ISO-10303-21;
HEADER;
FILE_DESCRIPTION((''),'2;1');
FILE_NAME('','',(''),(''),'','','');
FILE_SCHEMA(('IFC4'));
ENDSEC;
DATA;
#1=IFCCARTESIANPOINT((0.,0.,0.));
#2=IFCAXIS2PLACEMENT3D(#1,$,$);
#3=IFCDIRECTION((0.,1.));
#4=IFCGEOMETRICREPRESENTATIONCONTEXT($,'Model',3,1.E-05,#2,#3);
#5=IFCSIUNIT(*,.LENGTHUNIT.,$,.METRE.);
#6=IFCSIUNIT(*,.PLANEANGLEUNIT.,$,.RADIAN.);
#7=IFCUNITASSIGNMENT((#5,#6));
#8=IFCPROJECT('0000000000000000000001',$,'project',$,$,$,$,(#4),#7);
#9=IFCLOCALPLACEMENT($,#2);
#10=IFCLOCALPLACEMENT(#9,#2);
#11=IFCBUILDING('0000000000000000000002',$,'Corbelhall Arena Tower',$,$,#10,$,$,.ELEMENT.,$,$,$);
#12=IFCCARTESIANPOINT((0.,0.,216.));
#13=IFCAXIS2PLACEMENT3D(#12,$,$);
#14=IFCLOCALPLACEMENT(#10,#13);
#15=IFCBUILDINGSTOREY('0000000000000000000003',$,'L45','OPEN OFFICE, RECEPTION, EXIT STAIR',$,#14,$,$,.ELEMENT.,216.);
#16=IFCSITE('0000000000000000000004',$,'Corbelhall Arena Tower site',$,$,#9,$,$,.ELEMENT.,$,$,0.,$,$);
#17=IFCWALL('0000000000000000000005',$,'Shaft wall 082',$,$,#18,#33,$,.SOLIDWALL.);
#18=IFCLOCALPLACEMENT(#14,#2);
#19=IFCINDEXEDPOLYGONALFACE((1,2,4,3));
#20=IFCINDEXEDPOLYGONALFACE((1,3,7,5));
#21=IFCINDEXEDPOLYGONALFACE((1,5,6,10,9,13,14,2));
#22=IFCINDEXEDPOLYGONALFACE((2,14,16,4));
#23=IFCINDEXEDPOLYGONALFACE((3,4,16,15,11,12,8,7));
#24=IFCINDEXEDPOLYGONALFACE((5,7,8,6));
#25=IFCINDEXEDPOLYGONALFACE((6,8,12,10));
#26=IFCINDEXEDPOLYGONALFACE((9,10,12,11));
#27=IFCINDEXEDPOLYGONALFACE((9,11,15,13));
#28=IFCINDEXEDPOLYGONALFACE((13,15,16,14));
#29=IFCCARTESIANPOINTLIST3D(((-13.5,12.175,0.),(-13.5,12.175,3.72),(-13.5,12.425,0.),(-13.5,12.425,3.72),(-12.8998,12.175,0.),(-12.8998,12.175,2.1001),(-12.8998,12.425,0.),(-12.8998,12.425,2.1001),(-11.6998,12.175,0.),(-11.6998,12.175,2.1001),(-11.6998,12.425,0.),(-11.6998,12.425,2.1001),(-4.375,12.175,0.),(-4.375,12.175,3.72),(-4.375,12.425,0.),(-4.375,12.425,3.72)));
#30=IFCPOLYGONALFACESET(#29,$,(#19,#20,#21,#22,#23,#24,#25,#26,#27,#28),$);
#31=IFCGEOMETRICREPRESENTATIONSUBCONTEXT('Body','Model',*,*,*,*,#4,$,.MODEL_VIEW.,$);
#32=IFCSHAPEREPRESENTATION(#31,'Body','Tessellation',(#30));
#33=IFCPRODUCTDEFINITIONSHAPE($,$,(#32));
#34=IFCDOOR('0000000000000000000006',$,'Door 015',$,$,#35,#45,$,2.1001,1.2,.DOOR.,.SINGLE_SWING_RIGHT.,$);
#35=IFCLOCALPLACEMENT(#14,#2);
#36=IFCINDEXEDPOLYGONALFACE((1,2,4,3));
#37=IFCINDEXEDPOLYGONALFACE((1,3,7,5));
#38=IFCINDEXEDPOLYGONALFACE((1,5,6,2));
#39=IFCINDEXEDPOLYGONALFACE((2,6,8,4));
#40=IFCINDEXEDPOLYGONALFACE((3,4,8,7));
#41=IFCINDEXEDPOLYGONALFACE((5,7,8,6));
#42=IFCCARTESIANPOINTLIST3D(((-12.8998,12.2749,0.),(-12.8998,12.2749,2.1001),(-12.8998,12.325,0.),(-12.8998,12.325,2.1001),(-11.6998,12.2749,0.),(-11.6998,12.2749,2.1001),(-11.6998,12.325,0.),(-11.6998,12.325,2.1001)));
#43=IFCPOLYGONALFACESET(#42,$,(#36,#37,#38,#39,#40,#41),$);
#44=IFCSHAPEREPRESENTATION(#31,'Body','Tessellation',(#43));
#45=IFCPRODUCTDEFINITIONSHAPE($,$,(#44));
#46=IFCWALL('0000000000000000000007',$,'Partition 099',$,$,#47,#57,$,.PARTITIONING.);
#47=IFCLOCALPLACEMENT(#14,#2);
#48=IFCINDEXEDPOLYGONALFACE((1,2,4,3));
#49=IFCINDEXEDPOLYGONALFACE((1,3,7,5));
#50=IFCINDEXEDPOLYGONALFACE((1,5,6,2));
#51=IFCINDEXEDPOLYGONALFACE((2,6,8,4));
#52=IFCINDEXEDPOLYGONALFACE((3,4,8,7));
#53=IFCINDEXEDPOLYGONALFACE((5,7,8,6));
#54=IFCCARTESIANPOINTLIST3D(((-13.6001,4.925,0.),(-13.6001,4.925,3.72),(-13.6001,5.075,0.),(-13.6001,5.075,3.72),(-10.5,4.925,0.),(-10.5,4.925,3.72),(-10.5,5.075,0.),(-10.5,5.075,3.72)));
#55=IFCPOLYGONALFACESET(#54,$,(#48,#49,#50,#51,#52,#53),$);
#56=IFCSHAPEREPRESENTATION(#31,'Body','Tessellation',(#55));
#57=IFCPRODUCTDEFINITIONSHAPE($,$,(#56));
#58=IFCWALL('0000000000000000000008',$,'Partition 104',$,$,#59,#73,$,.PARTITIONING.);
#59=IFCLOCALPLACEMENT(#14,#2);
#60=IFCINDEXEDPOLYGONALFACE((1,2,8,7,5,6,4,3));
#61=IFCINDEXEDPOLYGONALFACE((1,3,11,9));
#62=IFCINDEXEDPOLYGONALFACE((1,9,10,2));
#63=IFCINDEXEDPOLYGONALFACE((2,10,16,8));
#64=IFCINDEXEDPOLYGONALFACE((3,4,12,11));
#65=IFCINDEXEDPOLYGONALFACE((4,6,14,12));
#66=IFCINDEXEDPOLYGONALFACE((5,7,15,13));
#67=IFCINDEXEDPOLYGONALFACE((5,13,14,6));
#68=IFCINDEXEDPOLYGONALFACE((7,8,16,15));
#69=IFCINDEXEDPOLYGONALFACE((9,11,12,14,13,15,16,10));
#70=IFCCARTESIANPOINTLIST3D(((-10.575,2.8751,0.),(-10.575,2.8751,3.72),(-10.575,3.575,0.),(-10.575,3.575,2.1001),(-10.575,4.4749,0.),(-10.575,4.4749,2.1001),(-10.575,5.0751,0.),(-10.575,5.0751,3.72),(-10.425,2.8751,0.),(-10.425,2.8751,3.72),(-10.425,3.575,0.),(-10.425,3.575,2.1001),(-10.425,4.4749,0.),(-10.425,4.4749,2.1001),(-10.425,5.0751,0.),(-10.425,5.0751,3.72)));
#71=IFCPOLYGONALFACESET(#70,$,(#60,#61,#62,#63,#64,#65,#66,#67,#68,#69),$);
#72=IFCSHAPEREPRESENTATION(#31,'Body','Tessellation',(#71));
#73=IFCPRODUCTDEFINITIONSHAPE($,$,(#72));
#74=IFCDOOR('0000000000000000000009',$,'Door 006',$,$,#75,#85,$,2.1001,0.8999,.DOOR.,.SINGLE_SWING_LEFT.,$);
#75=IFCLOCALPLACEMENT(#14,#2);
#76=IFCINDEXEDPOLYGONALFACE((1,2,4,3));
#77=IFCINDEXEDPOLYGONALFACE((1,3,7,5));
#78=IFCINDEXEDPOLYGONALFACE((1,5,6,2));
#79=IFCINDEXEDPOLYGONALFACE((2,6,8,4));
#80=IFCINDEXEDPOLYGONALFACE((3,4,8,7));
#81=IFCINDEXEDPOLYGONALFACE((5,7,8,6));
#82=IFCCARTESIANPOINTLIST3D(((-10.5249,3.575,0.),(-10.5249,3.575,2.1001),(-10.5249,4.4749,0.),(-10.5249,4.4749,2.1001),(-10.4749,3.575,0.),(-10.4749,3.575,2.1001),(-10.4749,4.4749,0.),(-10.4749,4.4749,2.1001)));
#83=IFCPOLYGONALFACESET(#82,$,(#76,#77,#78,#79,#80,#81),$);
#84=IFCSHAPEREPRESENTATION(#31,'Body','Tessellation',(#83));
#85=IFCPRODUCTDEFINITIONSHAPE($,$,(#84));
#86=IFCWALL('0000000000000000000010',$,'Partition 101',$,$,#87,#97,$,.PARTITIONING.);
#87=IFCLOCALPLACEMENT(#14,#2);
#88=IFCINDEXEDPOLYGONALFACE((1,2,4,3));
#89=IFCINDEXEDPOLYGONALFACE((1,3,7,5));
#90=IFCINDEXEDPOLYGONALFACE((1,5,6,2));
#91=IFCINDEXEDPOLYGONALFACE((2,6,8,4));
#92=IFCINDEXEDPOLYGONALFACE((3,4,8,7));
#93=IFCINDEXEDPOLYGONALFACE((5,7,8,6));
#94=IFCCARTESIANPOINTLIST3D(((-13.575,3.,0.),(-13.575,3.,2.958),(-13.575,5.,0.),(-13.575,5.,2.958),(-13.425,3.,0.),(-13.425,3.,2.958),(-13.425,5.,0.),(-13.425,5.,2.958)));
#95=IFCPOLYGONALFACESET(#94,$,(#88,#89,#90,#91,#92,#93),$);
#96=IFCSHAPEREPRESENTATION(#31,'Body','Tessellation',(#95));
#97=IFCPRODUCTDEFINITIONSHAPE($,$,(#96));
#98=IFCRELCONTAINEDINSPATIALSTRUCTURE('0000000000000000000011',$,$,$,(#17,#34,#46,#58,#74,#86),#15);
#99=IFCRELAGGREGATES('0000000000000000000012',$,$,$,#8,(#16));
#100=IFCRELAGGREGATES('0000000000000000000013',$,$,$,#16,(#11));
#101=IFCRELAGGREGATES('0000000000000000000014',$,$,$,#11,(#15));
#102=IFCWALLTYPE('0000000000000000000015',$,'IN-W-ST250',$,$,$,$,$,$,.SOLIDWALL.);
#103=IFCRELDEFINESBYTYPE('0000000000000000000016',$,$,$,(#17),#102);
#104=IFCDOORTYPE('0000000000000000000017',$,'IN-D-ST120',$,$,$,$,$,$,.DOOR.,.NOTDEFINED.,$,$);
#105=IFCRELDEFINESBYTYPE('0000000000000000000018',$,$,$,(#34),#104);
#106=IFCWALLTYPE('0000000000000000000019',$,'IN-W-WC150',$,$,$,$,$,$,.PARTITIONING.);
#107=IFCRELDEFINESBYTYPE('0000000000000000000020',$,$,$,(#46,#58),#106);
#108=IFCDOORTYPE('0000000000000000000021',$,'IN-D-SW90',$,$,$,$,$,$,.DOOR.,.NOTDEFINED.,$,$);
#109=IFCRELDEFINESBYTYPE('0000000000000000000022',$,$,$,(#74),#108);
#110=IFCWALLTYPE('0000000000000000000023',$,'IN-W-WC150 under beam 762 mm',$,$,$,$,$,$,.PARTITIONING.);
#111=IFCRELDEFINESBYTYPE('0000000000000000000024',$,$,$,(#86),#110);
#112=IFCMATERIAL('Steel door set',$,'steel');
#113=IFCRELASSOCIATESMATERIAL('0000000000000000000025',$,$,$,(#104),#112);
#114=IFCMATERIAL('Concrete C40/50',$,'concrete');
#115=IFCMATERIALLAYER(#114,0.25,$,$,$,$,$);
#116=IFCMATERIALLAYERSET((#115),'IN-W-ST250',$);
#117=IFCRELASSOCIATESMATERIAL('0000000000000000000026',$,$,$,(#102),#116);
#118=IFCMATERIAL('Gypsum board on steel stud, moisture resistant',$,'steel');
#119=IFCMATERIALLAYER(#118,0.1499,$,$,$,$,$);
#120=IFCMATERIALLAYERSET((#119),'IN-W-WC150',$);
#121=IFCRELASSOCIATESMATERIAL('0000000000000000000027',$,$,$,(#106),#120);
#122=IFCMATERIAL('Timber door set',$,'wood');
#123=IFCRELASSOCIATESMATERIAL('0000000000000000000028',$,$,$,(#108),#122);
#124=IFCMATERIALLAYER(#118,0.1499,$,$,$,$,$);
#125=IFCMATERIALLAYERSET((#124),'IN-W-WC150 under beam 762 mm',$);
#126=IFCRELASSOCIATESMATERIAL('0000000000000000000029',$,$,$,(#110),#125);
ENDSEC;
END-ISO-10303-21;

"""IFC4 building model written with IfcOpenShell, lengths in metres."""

from ifc_helpers import new_model, si_unit, direction, frame, frame_2d, origin, place, context, subcontext, project, spatial, rectangle, extrude, material, layer, layer_set, type_object, element, fill, save


model = new_model("IFC4")

# Units and contexts
model_context = context("Model", 3, precision=1e-05, world=origin(), true_north=direction((0.0, 1.0)))
body_context = subcontext(model_context, "Body", "Model", "MODEL_VIEW")
ifc_project = project(units=[si_unit("LENGTHUNIT", "METRE"), si_unit("PLANEANGLEUNIT", "RADIAN")], contexts=[model_context])

# Site, building, storey
site_placement = place(None, origin())
site = spatial("IfcSite", under=ifc_project, at=site_placement, Name="Corbelhall Arena Tower site", CompositionType="ELEMENT", RefElevation=0.0)
building_placement = place(site_placement, origin())
building = spatial("IfcBuilding", under=site, at=building_placement, Name="Corbelhall Arena Tower", CompositionType="ELEMENT")
storey_placement = place(building_placement, frame((0.0, 0.0, 216.0)))
storey = spatial("IfcBuildingStorey", under=building, at=storey_placement, Name="L45", Description="OPEN OFFICE, RECEPTION, EXIT STAIR", CompositionType="ELEMENT", Elevation=216.0)

# Shared definitions
ifc_material_1 = material(Name="Steel door set", Category="steel")

# Shared definitions
ifc_material_2 = material(Name="Concrete C40/50", Category="concrete")
door_type_1 = type_object("IfcDoorType", Name="IN-D-ST120", OperationType="NOTDEFINED", PredefinedType="DOOR", material=ifc_material_1)

# Wall, opening, door
ifc_layer_1 = layer(ifc_material_2, 0.25)
ifc_layer_set_1 = layer_set([ifc_layer_1], Name="IN-W-ST250")
wall_type_1 = type_object("IfcWallType", Name="IN-W-ST250", PredefinedType="SOLIDWALL", material=ifc_layer_set_1)
wall_1_placement = place(storey_placement, frame((-13.5, 12.3, 0.0), z_axis=(0.0, 0.0, 1.0), x_axis=(1.0, 0.0, 0.0)))
wall_1 = element("IfcWall", 1, at=wall_1_placement, inside=storey, type_object=wall_type_1, Name="Shaft wall 082", PredefinedType="SOLIDWALL", context=body_context, shape_type="SweptSolid", body=[
    extrude(rectangle(XDim=9.125, YDim=0.25, at=frame_2d((4.5625, 0.0))), origin(), (0.0, 0.0, 1.0), 3.72),
])
opening_1_placement = place(wall_1_placement, frame((0.6001, 0.0, 0.0)))
opening_1 = element("IfcOpeningElement", 2, at=opening_1_placement, cuts=wall_1, PredefinedType="OPENING", context=body_context, shape_type="SweptSolid", body=[
    extrude(rectangle(XDim=1.2, YDim=2.1001, at=frame_2d((0.6001, 1.05))), frame((0.0, 0.125, 0.0), z_axis=(0.0, -1.0, 0.0), x_axis=(1.0, 0.0, 0.0)), (0.0, 0.0, 1.0), 0.25),
])
door_1_placement = place(opening_1_placement, origin())
door_1 = element("IfcDoor", 3, at=door_1_placement, inside=storey, type_object=door_type_1, Name="Door 015", OperationType="SINGLE_SWING_RIGHT", OverallHeight=2.1001, OverallWidth=1.2, PredefinedType="DOOR", context=body_context, shape_type="SweptSolid", body=[
    extrude(rectangle(XDim=1.2, YDim=2.1001, at=frame_2d((0.6001, 1.05))), frame((0.0, 0.0249, 0.0), z_axis=(0.0, -1.0, 0.0), x_axis=(1.0, 0.0, 0.0)), (0.0, 0.0, 1.0), 0.05),
])
fill(opening_1, door_1)

# Wall
ifc_material_3 = material(Name="Gypsum board on steel stud, moisture resistant", Category="steel")
ifc_layer_2 = layer(ifc_material_3, 0.1499)
ifc_layer_set_2 = layer_set([ifc_layer_2], Name="IN-W-WC150")
wall_type_2 = type_object("IfcWallType", Name="IN-W-WC150", PredefinedType="PARTITIONING", material=ifc_layer_set_2)
wall_2_placement = place(storey_placement, frame((-13.6001, 5.0, 0.0), z_axis=(0.0, 0.0, 1.0), x_axis=(1.0, 0.0, 0.0)))
element("IfcWall", 4, at=wall_2_placement, inside=storey, type_object=wall_type_2, Name="Partition 099", PredefinedType="PARTITIONING", context=body_context, shape_type="SweptSolid", body=[
    extrude(rectangle(XDim=3.1001, YDim=0.1499, at=frame_2d((1.55, 0.0))), origin(), (0.0, 0.0, 1.0), 3.72),
])

# Wall, opening, door
wall_3_placement = place(storey_placement, frame((-10.5, 2.875, 0.0), z_axis=(0.0, 0.0, 1.0), x_axis=(0.0, 1.0, 0.0)))
wall_3 = element("IfcWall", 5, at=wall_3_placement, inside=storey, type_object=wall_type_2, Name="Partition 104", PredefinedType="PARTITIONING", context=body_context, shape_type="SweptSolid", body=[
    extrude(rectangle(XDim=2.2, YDim=0.1499, at=frame_2d((1.1001, 0.0))), origin(), (0.0, 0.0, 1.0), 3.72),
])
opening_2_placement = place(wall_3_placement, frame((0.7, 0.0, 0.0)))
opening_2 = element("IfcOpeningElement", 6, at=opening_2_placement, cuts=wall_3, PredefinedType="OPENING", context=body_context, shape_type="SweptSolid", body=[
    extrude(rectangle(XDim=0.8999, YDim=2.1001, at=frame_2d((0.45, 1.05))), frame((0.0, 0.075, 0.0), z_axis=(0.0, -1.0, 0.0), x_axis=(1.0, 0.0, 0.0)), (0.0, 0.0, 1.0), 0.1499),
])
ifc_material_4 = material(Name="Timber door set", Category="wood")
door_type_2 = type_object("IfcDoorType", Name="IN-D-SW90", OperationType="NOTDEFINED", PredefinedType="DOOR", material=ifc_material_4)
door_2_placement = place(opening_2_placement, origin())
door_2 = element("IfcDoor", 7, at=door_2_placement, inside=storey, type_object=door_type_2, Name="Door 006", OperationType="SINGLE_SWING_LEFT", OverallHeight=2.1001, OverallWidth=0.8999, PredefinedType="DOOR", context=body_context, shape_type="SweptSolid", body=[
    extrude(rectangle(XDim=0.8999, YDim=2.1001, at=frame_2d((0.45, 1.05))), frame((0.0, 0.0249, 0.0), z_axis=(0.0, -1.0, 0.0), x_axis=(1.0, 0.0, 0.0)), (0.0, 0.0, 1.0), 0.05),
])
fill(opening_2, door_2)

# Wall
ifc_layer_3 = layer(ifc_material_3, 0.1499)
ifc_layer_set_3 = layer_set([ifc_layer_3], Name="IN-W-WC150 under beam 762 mm")
wall_type_3 = type_object("IfcWallType", Name="IN-W-WC150 under beam 762 mm", PredefinedType="PARTITIONING", material=ifc_layer_set_3)
wall_4_placement = place(storey_placement, frame((-13.5, 3.0, 0.0), z_axis=(0.0, 0.0, 1.0), x_axis=(0.0, 1.0, 0.0)))
element("IfcWall", 8, at=wall_4_placement, inside=storey, type_object=wall_type_3, Name="Partition 101", PredefinedType="PARTITIONING", context=body_context, shape_type="SweptSolid", body=[
    extrude(rectangle(XDim=2.0, YDim=0.1499, at=frame_2d((1.0, 0.0))), origin(), (0.0, 0.0, 1.0), 2.958),
])

save(model, "model.ifc")
